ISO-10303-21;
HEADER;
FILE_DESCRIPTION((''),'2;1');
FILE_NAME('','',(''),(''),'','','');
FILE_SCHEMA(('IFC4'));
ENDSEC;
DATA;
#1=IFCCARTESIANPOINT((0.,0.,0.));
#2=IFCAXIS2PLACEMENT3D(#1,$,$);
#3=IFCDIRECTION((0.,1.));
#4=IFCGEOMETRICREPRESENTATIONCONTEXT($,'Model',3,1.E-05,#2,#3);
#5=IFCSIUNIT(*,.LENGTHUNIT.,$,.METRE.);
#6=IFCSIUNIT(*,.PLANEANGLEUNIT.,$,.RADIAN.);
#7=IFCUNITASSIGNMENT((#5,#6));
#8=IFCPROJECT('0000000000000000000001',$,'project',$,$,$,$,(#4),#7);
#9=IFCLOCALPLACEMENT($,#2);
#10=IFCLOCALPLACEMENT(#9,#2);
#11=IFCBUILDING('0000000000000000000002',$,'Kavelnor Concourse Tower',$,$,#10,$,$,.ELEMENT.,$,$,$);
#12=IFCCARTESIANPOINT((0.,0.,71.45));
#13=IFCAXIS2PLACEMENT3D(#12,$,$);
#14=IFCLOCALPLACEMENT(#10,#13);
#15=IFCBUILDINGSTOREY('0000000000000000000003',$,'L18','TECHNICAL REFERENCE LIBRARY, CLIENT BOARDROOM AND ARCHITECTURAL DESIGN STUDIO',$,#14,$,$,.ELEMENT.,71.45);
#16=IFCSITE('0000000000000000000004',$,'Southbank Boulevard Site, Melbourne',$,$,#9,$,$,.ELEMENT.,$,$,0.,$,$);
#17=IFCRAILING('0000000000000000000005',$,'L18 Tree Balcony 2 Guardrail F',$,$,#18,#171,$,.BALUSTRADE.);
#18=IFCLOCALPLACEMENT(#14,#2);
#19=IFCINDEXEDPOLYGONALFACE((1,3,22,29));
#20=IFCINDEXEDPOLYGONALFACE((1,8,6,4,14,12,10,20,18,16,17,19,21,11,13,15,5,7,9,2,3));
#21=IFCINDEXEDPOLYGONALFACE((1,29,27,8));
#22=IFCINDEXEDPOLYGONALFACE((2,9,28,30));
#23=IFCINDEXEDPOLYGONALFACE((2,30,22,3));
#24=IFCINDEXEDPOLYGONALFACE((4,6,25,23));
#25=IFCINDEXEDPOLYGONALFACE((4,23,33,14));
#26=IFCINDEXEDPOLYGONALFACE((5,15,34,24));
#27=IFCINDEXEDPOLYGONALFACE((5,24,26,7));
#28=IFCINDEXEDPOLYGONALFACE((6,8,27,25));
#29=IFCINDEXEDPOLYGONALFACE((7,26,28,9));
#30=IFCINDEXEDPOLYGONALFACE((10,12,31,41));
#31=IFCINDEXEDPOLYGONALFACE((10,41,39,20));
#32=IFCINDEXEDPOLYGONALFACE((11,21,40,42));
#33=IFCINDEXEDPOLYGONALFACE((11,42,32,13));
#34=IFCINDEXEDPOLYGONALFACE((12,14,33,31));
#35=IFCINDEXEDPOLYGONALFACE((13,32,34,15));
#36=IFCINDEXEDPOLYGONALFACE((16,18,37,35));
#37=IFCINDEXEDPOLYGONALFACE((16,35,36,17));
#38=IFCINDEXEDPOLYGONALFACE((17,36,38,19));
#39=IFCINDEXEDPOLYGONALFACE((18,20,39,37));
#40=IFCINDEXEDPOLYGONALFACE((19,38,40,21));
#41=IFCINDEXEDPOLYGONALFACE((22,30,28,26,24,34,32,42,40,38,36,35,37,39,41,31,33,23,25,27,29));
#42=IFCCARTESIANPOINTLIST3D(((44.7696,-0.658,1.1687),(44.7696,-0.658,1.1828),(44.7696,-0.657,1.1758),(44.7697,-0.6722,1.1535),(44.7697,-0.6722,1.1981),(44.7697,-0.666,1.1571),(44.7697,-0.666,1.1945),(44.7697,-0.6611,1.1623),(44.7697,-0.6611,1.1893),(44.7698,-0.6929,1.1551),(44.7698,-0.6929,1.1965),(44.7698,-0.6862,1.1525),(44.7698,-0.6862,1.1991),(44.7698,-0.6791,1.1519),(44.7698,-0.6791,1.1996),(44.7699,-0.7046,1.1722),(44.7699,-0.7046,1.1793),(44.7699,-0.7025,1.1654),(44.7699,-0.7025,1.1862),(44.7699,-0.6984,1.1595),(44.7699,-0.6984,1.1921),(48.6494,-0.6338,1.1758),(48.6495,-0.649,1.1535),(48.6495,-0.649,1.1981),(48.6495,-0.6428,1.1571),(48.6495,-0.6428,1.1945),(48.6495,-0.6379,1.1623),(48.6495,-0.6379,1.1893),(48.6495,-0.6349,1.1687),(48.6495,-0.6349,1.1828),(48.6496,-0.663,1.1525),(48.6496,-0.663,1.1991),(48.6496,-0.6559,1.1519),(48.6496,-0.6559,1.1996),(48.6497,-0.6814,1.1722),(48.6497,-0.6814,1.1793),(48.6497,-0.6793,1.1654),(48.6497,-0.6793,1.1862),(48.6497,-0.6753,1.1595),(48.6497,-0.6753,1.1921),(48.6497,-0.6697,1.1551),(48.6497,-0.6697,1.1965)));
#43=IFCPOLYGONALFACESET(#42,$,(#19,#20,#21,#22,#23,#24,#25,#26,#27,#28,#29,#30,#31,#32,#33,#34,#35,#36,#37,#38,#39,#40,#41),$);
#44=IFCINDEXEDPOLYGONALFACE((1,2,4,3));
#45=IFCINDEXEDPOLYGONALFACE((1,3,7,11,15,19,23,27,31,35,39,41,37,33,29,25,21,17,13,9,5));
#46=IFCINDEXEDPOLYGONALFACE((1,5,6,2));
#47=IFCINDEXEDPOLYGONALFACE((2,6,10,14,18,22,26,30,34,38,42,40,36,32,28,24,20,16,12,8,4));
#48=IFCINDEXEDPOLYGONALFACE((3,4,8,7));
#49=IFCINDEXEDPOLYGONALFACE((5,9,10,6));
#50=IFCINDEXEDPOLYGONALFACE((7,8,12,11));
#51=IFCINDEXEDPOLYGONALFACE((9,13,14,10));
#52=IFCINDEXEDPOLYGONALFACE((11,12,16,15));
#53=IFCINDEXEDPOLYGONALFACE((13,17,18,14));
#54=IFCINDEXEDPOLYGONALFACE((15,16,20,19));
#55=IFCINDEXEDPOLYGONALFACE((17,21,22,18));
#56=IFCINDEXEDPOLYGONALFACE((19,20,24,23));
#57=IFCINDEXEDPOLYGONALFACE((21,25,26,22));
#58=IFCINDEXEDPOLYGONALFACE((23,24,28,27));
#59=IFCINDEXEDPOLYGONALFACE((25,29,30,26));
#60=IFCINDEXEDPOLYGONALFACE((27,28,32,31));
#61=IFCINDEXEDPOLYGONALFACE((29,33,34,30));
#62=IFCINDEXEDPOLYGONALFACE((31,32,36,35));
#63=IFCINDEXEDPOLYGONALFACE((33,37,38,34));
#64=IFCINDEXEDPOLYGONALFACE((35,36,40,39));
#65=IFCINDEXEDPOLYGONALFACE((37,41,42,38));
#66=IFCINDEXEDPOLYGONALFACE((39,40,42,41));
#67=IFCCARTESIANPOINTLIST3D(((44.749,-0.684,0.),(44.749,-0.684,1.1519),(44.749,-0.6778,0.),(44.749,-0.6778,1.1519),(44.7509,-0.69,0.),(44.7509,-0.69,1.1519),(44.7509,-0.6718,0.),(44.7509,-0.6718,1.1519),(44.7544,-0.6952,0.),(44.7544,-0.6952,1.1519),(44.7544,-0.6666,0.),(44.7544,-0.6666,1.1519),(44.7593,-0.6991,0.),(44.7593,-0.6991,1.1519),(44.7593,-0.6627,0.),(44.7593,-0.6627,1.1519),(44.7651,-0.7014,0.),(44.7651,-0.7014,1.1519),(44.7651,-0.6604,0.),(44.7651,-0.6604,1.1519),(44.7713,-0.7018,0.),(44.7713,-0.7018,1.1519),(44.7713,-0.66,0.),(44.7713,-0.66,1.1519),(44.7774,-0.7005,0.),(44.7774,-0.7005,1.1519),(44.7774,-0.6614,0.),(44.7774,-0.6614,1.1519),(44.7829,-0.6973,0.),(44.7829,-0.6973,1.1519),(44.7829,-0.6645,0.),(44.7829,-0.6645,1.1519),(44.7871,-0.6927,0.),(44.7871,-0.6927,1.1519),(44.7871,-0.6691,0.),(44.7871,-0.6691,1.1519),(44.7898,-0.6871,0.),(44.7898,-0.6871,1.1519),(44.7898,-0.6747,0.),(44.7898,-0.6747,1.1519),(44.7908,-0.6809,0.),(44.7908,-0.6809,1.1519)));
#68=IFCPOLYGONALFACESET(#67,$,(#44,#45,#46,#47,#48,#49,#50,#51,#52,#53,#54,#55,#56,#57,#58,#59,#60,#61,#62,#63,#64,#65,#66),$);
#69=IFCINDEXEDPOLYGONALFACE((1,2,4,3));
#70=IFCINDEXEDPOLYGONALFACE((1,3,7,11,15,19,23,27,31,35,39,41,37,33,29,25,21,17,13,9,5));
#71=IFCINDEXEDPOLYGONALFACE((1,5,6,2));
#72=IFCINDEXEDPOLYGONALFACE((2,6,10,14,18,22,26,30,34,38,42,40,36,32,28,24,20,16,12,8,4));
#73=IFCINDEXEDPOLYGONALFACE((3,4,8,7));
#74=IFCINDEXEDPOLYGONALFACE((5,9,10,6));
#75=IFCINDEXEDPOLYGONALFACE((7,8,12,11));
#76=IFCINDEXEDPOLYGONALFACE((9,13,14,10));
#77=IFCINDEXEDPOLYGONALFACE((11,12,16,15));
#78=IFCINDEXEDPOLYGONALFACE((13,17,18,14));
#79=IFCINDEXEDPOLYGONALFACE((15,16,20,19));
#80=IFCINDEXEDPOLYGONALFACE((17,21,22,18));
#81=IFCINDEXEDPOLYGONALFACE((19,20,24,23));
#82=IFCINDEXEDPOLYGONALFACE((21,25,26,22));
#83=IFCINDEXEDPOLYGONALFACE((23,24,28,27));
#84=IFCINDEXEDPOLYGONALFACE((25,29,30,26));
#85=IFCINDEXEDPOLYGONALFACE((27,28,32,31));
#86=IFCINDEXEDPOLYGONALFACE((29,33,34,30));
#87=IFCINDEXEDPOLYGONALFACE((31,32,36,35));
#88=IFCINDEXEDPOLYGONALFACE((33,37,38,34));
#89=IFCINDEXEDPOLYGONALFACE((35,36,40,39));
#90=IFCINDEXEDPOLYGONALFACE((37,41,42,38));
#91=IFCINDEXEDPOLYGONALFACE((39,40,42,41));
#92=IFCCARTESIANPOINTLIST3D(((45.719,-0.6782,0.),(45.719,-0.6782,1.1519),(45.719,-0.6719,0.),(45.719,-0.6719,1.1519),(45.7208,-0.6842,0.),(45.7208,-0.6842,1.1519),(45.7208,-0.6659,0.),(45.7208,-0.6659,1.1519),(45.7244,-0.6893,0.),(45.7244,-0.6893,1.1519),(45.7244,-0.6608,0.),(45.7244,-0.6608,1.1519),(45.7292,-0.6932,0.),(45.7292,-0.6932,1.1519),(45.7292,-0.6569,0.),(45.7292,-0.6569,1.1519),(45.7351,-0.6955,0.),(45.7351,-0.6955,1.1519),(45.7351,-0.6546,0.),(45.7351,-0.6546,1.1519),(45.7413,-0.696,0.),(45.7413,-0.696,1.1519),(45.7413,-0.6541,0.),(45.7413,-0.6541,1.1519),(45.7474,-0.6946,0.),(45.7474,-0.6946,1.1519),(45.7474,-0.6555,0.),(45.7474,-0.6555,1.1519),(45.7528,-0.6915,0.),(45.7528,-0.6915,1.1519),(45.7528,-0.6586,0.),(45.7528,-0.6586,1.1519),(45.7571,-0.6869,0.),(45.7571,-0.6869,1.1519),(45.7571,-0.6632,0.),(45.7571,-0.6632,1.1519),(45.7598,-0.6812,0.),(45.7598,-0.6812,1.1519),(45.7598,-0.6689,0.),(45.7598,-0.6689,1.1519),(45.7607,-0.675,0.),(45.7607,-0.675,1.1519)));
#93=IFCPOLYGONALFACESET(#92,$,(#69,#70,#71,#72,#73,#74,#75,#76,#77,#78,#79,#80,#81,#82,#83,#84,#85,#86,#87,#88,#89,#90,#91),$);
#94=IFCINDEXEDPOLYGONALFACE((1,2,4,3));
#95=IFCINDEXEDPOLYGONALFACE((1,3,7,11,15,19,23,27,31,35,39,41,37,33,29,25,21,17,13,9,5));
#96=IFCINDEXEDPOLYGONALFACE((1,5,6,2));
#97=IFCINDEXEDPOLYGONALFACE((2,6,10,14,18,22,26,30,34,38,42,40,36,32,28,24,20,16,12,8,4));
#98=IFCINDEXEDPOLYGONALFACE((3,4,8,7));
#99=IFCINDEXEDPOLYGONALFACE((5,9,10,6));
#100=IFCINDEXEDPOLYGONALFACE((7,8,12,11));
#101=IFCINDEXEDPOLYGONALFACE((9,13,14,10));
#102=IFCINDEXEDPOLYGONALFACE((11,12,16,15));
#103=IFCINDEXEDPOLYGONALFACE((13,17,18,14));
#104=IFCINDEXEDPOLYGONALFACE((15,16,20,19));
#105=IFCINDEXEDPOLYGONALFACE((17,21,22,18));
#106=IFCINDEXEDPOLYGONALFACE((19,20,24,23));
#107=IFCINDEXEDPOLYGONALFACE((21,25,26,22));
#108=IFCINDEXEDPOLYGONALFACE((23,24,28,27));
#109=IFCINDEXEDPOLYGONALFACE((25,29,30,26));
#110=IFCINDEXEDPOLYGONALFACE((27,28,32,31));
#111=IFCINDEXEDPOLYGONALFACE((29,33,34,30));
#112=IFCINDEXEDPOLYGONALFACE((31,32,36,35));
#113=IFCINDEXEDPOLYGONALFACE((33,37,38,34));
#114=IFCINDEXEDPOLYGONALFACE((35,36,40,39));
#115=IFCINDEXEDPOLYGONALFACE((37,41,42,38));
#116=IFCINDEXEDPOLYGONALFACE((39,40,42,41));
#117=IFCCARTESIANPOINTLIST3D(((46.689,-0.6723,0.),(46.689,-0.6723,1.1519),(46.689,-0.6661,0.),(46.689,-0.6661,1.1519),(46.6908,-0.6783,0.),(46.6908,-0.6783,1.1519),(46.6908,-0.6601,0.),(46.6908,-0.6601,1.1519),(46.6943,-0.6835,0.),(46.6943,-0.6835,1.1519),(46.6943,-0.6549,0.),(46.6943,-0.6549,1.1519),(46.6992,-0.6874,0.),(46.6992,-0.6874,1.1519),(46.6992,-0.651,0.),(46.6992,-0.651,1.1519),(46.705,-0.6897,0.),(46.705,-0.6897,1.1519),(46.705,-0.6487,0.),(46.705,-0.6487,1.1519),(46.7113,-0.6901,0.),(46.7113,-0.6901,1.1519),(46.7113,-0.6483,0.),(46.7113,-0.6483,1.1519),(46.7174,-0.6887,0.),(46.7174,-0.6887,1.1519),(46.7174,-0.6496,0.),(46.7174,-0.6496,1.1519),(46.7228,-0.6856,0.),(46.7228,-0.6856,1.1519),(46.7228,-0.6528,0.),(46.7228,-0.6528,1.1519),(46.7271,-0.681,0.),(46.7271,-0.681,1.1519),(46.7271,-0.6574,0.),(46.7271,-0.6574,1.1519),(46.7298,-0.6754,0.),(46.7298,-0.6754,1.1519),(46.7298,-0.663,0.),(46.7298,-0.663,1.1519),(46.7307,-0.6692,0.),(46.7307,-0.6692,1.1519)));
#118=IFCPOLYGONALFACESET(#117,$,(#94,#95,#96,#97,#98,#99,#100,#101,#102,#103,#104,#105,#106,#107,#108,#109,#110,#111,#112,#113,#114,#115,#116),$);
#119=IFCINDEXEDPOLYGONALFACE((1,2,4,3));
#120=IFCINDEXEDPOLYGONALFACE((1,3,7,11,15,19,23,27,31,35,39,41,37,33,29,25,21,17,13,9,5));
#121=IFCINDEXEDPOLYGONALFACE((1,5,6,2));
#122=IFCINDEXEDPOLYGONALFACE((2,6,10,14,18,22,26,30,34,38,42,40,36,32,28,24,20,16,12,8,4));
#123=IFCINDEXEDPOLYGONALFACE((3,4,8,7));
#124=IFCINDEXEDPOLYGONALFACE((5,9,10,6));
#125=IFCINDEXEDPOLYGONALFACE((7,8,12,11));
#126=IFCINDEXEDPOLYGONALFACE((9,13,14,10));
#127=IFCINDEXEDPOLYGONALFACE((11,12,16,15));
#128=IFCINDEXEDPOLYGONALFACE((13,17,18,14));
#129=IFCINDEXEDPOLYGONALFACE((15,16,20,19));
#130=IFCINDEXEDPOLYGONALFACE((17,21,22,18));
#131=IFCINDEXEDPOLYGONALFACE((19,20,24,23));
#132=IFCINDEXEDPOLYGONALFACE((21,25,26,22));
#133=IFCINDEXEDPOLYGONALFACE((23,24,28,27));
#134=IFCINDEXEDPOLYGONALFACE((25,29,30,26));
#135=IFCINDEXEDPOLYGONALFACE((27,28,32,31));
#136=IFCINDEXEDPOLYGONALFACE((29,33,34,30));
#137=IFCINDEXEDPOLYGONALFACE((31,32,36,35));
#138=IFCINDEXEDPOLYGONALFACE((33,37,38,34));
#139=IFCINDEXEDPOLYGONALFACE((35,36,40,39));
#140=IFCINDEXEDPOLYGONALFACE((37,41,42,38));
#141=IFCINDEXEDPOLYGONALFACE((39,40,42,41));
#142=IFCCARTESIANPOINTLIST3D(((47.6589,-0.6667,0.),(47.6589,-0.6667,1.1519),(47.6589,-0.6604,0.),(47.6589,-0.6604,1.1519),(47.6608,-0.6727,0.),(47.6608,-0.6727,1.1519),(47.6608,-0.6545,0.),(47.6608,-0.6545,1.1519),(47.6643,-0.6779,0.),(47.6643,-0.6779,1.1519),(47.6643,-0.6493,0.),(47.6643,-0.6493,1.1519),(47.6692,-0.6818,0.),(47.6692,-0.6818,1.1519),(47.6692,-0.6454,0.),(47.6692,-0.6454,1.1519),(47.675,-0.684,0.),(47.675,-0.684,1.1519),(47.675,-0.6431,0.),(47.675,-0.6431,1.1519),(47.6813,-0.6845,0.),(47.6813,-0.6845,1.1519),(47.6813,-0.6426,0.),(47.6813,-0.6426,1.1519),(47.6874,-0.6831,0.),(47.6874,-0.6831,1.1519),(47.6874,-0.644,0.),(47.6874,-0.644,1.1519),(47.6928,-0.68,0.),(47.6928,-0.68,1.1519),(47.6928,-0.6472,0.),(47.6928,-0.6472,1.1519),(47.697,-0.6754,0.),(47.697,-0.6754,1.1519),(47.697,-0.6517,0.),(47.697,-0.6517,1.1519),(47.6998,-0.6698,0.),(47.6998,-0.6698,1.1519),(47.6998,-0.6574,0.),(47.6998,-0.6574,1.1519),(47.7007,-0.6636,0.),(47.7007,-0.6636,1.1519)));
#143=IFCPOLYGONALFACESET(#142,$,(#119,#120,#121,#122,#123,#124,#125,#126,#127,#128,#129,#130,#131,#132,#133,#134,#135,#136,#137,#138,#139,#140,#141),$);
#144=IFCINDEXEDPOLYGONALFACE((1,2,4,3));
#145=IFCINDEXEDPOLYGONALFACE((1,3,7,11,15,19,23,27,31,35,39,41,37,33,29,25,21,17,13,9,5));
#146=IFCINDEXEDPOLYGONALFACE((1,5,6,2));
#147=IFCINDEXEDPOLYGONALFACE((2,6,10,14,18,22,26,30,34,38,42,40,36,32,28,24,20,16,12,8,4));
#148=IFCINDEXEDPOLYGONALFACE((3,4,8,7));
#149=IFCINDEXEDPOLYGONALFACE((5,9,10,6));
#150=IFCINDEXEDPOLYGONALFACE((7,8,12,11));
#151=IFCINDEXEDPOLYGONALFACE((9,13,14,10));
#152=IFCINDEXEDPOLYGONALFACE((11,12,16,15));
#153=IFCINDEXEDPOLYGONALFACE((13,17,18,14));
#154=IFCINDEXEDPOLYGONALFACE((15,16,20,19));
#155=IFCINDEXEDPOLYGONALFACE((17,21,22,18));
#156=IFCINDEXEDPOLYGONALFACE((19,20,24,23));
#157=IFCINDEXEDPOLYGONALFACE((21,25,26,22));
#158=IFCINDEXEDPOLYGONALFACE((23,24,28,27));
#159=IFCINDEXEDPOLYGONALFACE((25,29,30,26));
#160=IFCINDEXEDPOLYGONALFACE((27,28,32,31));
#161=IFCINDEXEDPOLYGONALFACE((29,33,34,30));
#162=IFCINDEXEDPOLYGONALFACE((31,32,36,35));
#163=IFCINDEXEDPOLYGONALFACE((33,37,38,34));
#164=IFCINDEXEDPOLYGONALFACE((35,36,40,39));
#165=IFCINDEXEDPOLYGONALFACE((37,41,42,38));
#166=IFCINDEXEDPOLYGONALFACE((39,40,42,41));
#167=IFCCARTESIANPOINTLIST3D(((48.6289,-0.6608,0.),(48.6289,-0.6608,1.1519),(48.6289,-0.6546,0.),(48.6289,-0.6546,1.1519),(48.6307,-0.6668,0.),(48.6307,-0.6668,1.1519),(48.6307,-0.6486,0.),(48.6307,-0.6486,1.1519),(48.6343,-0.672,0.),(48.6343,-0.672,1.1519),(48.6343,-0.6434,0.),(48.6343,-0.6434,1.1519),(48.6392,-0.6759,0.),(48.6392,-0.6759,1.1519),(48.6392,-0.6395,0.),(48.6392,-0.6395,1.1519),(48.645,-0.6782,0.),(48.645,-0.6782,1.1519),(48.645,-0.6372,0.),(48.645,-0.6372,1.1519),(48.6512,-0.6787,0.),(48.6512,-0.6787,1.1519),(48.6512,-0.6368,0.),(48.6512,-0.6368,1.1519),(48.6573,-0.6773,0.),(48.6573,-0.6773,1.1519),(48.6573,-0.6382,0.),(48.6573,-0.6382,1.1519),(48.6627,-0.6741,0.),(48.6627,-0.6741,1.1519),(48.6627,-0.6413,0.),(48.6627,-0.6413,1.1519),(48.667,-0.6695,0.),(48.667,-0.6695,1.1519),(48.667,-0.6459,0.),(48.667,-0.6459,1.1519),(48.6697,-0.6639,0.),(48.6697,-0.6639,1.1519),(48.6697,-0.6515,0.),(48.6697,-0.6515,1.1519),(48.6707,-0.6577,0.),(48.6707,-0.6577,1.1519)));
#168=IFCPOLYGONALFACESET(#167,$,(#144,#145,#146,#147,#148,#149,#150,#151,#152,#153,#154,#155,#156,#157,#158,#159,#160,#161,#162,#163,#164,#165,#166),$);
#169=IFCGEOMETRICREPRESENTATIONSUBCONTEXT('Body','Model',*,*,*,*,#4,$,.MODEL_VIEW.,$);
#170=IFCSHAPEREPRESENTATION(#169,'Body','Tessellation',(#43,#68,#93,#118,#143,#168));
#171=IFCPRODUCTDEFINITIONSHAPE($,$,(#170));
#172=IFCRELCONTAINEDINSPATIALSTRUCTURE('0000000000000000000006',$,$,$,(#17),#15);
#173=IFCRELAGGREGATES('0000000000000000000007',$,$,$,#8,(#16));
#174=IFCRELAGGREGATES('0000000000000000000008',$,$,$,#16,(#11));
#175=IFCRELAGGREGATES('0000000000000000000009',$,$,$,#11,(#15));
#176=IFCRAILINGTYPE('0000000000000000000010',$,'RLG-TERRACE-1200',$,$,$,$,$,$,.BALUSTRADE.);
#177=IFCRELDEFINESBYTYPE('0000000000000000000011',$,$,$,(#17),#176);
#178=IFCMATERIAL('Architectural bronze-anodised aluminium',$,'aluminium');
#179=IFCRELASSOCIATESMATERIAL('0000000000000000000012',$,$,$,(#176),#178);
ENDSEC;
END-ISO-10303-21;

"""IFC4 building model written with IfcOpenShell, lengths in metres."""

from ifc_helpers import new_model, si_unit, direction, frame, origin, origin_2d, place, context, subcontext, project, spatial, circle, extrude, material, type_object, element, save


model = new_model("IFC4")

# Units and contexts
model_context = context("Model", 3, precision=1e-05, world=origin(), true_north=direction((0.0, 1.0)))
body_context = subcontext(model_context, "Body", "Model", "MODEL_VIEW")
ifc_project = project(units=[si_unit("LENGTHUNIT", "METRE"), si_unit("PLANEANGLEUNIT", "RADIAN")], contexts=[model_context])

# Site, building, storey
site_placement = place(None, origin())
site = spatial("IfcSite", under=ifc_project, at=site_placement, Name="Southbank Boulevard Site, Melbourne", CompositionType="ELEMENT", RefElevation=0.0)
building_placement = place(site_placement, origin())
building = spatial("IfcBuilding", under=site, at=building_placement, Name="Kavelnor Concourse Tower", CompositionType="ELEMENT")
storey_placement = place(building_placement, frame((0.0, 0.0, 71.45)))
storey = spatial("IfcBuildingStorey", under=building, at=storey_placement, Name="L18", Description="TECHNICAL REFERENCE LIBRARY, CLIENT BOARDROOM AND ARCHITECTURAL DESIGN STUDIO", CompositionType="ELEMENT", Elevation=71.45)

# Railing
ifc_material_1 = material(Name="Architectural bronze-anodised aluminium", Category="aluminium")
railing_type_1 = type_object("IfcRailingType", Name="RLG-TERRACE-1200", PredefinedType="BALUSTRADE", material=ifc_material_1)
railing_1_placement = place(storey_placement, frame((44.7698, -0.6809, 0.0)))
element("IfcRailing", 1, at=railing_1_placement, inside=storey, type_object=railing_type_1, Name="L18 Tree Balcony 2 Guardrail F", PredefinedType="BALUSTRADE", context=body_context, shape_type="SweptSolid", body=[
    extrude(circle(Radius=0.0239, at=origin_2d()), frame((0.0, 0.0, 1.1758), z_axis=(0.999982, 0.005978, 0.0), x_axis=(-0.005978, 0.999982, 0.0)), (0.0, 0.0, 1.0), 3.8799),
    extrude(circle(Radius=0.021, at=origin_2d()), origin(), (0.0, 0.0, 1.0), 1.1519),
    extrude(circle(Radius=0.021, at=origin_2d()), frame((0.97, 0.0059, 0.0)), (0.0, 0.0, 1.0), 1.1519),
    extrude(circle(Radius=0.021, at=origin_2d()), frame((1.9399, 0.0117, 0.0)), (0.0, 0.0, 1.0), 1.1519),
    extrude(circle(Radius=0.021, at=origin_2d()), frame((2.9099, 0.0173, 0.0)), (0.0, 0.0, 1.0), 1.1519),
    extrude(circle(Radius=0.021, at=origin_2d()), frame((3.8799, 0.0232, 0.0)), (0.0, 0.0, 1.0), 1.1519),
])

save(model, "model.ifc")
